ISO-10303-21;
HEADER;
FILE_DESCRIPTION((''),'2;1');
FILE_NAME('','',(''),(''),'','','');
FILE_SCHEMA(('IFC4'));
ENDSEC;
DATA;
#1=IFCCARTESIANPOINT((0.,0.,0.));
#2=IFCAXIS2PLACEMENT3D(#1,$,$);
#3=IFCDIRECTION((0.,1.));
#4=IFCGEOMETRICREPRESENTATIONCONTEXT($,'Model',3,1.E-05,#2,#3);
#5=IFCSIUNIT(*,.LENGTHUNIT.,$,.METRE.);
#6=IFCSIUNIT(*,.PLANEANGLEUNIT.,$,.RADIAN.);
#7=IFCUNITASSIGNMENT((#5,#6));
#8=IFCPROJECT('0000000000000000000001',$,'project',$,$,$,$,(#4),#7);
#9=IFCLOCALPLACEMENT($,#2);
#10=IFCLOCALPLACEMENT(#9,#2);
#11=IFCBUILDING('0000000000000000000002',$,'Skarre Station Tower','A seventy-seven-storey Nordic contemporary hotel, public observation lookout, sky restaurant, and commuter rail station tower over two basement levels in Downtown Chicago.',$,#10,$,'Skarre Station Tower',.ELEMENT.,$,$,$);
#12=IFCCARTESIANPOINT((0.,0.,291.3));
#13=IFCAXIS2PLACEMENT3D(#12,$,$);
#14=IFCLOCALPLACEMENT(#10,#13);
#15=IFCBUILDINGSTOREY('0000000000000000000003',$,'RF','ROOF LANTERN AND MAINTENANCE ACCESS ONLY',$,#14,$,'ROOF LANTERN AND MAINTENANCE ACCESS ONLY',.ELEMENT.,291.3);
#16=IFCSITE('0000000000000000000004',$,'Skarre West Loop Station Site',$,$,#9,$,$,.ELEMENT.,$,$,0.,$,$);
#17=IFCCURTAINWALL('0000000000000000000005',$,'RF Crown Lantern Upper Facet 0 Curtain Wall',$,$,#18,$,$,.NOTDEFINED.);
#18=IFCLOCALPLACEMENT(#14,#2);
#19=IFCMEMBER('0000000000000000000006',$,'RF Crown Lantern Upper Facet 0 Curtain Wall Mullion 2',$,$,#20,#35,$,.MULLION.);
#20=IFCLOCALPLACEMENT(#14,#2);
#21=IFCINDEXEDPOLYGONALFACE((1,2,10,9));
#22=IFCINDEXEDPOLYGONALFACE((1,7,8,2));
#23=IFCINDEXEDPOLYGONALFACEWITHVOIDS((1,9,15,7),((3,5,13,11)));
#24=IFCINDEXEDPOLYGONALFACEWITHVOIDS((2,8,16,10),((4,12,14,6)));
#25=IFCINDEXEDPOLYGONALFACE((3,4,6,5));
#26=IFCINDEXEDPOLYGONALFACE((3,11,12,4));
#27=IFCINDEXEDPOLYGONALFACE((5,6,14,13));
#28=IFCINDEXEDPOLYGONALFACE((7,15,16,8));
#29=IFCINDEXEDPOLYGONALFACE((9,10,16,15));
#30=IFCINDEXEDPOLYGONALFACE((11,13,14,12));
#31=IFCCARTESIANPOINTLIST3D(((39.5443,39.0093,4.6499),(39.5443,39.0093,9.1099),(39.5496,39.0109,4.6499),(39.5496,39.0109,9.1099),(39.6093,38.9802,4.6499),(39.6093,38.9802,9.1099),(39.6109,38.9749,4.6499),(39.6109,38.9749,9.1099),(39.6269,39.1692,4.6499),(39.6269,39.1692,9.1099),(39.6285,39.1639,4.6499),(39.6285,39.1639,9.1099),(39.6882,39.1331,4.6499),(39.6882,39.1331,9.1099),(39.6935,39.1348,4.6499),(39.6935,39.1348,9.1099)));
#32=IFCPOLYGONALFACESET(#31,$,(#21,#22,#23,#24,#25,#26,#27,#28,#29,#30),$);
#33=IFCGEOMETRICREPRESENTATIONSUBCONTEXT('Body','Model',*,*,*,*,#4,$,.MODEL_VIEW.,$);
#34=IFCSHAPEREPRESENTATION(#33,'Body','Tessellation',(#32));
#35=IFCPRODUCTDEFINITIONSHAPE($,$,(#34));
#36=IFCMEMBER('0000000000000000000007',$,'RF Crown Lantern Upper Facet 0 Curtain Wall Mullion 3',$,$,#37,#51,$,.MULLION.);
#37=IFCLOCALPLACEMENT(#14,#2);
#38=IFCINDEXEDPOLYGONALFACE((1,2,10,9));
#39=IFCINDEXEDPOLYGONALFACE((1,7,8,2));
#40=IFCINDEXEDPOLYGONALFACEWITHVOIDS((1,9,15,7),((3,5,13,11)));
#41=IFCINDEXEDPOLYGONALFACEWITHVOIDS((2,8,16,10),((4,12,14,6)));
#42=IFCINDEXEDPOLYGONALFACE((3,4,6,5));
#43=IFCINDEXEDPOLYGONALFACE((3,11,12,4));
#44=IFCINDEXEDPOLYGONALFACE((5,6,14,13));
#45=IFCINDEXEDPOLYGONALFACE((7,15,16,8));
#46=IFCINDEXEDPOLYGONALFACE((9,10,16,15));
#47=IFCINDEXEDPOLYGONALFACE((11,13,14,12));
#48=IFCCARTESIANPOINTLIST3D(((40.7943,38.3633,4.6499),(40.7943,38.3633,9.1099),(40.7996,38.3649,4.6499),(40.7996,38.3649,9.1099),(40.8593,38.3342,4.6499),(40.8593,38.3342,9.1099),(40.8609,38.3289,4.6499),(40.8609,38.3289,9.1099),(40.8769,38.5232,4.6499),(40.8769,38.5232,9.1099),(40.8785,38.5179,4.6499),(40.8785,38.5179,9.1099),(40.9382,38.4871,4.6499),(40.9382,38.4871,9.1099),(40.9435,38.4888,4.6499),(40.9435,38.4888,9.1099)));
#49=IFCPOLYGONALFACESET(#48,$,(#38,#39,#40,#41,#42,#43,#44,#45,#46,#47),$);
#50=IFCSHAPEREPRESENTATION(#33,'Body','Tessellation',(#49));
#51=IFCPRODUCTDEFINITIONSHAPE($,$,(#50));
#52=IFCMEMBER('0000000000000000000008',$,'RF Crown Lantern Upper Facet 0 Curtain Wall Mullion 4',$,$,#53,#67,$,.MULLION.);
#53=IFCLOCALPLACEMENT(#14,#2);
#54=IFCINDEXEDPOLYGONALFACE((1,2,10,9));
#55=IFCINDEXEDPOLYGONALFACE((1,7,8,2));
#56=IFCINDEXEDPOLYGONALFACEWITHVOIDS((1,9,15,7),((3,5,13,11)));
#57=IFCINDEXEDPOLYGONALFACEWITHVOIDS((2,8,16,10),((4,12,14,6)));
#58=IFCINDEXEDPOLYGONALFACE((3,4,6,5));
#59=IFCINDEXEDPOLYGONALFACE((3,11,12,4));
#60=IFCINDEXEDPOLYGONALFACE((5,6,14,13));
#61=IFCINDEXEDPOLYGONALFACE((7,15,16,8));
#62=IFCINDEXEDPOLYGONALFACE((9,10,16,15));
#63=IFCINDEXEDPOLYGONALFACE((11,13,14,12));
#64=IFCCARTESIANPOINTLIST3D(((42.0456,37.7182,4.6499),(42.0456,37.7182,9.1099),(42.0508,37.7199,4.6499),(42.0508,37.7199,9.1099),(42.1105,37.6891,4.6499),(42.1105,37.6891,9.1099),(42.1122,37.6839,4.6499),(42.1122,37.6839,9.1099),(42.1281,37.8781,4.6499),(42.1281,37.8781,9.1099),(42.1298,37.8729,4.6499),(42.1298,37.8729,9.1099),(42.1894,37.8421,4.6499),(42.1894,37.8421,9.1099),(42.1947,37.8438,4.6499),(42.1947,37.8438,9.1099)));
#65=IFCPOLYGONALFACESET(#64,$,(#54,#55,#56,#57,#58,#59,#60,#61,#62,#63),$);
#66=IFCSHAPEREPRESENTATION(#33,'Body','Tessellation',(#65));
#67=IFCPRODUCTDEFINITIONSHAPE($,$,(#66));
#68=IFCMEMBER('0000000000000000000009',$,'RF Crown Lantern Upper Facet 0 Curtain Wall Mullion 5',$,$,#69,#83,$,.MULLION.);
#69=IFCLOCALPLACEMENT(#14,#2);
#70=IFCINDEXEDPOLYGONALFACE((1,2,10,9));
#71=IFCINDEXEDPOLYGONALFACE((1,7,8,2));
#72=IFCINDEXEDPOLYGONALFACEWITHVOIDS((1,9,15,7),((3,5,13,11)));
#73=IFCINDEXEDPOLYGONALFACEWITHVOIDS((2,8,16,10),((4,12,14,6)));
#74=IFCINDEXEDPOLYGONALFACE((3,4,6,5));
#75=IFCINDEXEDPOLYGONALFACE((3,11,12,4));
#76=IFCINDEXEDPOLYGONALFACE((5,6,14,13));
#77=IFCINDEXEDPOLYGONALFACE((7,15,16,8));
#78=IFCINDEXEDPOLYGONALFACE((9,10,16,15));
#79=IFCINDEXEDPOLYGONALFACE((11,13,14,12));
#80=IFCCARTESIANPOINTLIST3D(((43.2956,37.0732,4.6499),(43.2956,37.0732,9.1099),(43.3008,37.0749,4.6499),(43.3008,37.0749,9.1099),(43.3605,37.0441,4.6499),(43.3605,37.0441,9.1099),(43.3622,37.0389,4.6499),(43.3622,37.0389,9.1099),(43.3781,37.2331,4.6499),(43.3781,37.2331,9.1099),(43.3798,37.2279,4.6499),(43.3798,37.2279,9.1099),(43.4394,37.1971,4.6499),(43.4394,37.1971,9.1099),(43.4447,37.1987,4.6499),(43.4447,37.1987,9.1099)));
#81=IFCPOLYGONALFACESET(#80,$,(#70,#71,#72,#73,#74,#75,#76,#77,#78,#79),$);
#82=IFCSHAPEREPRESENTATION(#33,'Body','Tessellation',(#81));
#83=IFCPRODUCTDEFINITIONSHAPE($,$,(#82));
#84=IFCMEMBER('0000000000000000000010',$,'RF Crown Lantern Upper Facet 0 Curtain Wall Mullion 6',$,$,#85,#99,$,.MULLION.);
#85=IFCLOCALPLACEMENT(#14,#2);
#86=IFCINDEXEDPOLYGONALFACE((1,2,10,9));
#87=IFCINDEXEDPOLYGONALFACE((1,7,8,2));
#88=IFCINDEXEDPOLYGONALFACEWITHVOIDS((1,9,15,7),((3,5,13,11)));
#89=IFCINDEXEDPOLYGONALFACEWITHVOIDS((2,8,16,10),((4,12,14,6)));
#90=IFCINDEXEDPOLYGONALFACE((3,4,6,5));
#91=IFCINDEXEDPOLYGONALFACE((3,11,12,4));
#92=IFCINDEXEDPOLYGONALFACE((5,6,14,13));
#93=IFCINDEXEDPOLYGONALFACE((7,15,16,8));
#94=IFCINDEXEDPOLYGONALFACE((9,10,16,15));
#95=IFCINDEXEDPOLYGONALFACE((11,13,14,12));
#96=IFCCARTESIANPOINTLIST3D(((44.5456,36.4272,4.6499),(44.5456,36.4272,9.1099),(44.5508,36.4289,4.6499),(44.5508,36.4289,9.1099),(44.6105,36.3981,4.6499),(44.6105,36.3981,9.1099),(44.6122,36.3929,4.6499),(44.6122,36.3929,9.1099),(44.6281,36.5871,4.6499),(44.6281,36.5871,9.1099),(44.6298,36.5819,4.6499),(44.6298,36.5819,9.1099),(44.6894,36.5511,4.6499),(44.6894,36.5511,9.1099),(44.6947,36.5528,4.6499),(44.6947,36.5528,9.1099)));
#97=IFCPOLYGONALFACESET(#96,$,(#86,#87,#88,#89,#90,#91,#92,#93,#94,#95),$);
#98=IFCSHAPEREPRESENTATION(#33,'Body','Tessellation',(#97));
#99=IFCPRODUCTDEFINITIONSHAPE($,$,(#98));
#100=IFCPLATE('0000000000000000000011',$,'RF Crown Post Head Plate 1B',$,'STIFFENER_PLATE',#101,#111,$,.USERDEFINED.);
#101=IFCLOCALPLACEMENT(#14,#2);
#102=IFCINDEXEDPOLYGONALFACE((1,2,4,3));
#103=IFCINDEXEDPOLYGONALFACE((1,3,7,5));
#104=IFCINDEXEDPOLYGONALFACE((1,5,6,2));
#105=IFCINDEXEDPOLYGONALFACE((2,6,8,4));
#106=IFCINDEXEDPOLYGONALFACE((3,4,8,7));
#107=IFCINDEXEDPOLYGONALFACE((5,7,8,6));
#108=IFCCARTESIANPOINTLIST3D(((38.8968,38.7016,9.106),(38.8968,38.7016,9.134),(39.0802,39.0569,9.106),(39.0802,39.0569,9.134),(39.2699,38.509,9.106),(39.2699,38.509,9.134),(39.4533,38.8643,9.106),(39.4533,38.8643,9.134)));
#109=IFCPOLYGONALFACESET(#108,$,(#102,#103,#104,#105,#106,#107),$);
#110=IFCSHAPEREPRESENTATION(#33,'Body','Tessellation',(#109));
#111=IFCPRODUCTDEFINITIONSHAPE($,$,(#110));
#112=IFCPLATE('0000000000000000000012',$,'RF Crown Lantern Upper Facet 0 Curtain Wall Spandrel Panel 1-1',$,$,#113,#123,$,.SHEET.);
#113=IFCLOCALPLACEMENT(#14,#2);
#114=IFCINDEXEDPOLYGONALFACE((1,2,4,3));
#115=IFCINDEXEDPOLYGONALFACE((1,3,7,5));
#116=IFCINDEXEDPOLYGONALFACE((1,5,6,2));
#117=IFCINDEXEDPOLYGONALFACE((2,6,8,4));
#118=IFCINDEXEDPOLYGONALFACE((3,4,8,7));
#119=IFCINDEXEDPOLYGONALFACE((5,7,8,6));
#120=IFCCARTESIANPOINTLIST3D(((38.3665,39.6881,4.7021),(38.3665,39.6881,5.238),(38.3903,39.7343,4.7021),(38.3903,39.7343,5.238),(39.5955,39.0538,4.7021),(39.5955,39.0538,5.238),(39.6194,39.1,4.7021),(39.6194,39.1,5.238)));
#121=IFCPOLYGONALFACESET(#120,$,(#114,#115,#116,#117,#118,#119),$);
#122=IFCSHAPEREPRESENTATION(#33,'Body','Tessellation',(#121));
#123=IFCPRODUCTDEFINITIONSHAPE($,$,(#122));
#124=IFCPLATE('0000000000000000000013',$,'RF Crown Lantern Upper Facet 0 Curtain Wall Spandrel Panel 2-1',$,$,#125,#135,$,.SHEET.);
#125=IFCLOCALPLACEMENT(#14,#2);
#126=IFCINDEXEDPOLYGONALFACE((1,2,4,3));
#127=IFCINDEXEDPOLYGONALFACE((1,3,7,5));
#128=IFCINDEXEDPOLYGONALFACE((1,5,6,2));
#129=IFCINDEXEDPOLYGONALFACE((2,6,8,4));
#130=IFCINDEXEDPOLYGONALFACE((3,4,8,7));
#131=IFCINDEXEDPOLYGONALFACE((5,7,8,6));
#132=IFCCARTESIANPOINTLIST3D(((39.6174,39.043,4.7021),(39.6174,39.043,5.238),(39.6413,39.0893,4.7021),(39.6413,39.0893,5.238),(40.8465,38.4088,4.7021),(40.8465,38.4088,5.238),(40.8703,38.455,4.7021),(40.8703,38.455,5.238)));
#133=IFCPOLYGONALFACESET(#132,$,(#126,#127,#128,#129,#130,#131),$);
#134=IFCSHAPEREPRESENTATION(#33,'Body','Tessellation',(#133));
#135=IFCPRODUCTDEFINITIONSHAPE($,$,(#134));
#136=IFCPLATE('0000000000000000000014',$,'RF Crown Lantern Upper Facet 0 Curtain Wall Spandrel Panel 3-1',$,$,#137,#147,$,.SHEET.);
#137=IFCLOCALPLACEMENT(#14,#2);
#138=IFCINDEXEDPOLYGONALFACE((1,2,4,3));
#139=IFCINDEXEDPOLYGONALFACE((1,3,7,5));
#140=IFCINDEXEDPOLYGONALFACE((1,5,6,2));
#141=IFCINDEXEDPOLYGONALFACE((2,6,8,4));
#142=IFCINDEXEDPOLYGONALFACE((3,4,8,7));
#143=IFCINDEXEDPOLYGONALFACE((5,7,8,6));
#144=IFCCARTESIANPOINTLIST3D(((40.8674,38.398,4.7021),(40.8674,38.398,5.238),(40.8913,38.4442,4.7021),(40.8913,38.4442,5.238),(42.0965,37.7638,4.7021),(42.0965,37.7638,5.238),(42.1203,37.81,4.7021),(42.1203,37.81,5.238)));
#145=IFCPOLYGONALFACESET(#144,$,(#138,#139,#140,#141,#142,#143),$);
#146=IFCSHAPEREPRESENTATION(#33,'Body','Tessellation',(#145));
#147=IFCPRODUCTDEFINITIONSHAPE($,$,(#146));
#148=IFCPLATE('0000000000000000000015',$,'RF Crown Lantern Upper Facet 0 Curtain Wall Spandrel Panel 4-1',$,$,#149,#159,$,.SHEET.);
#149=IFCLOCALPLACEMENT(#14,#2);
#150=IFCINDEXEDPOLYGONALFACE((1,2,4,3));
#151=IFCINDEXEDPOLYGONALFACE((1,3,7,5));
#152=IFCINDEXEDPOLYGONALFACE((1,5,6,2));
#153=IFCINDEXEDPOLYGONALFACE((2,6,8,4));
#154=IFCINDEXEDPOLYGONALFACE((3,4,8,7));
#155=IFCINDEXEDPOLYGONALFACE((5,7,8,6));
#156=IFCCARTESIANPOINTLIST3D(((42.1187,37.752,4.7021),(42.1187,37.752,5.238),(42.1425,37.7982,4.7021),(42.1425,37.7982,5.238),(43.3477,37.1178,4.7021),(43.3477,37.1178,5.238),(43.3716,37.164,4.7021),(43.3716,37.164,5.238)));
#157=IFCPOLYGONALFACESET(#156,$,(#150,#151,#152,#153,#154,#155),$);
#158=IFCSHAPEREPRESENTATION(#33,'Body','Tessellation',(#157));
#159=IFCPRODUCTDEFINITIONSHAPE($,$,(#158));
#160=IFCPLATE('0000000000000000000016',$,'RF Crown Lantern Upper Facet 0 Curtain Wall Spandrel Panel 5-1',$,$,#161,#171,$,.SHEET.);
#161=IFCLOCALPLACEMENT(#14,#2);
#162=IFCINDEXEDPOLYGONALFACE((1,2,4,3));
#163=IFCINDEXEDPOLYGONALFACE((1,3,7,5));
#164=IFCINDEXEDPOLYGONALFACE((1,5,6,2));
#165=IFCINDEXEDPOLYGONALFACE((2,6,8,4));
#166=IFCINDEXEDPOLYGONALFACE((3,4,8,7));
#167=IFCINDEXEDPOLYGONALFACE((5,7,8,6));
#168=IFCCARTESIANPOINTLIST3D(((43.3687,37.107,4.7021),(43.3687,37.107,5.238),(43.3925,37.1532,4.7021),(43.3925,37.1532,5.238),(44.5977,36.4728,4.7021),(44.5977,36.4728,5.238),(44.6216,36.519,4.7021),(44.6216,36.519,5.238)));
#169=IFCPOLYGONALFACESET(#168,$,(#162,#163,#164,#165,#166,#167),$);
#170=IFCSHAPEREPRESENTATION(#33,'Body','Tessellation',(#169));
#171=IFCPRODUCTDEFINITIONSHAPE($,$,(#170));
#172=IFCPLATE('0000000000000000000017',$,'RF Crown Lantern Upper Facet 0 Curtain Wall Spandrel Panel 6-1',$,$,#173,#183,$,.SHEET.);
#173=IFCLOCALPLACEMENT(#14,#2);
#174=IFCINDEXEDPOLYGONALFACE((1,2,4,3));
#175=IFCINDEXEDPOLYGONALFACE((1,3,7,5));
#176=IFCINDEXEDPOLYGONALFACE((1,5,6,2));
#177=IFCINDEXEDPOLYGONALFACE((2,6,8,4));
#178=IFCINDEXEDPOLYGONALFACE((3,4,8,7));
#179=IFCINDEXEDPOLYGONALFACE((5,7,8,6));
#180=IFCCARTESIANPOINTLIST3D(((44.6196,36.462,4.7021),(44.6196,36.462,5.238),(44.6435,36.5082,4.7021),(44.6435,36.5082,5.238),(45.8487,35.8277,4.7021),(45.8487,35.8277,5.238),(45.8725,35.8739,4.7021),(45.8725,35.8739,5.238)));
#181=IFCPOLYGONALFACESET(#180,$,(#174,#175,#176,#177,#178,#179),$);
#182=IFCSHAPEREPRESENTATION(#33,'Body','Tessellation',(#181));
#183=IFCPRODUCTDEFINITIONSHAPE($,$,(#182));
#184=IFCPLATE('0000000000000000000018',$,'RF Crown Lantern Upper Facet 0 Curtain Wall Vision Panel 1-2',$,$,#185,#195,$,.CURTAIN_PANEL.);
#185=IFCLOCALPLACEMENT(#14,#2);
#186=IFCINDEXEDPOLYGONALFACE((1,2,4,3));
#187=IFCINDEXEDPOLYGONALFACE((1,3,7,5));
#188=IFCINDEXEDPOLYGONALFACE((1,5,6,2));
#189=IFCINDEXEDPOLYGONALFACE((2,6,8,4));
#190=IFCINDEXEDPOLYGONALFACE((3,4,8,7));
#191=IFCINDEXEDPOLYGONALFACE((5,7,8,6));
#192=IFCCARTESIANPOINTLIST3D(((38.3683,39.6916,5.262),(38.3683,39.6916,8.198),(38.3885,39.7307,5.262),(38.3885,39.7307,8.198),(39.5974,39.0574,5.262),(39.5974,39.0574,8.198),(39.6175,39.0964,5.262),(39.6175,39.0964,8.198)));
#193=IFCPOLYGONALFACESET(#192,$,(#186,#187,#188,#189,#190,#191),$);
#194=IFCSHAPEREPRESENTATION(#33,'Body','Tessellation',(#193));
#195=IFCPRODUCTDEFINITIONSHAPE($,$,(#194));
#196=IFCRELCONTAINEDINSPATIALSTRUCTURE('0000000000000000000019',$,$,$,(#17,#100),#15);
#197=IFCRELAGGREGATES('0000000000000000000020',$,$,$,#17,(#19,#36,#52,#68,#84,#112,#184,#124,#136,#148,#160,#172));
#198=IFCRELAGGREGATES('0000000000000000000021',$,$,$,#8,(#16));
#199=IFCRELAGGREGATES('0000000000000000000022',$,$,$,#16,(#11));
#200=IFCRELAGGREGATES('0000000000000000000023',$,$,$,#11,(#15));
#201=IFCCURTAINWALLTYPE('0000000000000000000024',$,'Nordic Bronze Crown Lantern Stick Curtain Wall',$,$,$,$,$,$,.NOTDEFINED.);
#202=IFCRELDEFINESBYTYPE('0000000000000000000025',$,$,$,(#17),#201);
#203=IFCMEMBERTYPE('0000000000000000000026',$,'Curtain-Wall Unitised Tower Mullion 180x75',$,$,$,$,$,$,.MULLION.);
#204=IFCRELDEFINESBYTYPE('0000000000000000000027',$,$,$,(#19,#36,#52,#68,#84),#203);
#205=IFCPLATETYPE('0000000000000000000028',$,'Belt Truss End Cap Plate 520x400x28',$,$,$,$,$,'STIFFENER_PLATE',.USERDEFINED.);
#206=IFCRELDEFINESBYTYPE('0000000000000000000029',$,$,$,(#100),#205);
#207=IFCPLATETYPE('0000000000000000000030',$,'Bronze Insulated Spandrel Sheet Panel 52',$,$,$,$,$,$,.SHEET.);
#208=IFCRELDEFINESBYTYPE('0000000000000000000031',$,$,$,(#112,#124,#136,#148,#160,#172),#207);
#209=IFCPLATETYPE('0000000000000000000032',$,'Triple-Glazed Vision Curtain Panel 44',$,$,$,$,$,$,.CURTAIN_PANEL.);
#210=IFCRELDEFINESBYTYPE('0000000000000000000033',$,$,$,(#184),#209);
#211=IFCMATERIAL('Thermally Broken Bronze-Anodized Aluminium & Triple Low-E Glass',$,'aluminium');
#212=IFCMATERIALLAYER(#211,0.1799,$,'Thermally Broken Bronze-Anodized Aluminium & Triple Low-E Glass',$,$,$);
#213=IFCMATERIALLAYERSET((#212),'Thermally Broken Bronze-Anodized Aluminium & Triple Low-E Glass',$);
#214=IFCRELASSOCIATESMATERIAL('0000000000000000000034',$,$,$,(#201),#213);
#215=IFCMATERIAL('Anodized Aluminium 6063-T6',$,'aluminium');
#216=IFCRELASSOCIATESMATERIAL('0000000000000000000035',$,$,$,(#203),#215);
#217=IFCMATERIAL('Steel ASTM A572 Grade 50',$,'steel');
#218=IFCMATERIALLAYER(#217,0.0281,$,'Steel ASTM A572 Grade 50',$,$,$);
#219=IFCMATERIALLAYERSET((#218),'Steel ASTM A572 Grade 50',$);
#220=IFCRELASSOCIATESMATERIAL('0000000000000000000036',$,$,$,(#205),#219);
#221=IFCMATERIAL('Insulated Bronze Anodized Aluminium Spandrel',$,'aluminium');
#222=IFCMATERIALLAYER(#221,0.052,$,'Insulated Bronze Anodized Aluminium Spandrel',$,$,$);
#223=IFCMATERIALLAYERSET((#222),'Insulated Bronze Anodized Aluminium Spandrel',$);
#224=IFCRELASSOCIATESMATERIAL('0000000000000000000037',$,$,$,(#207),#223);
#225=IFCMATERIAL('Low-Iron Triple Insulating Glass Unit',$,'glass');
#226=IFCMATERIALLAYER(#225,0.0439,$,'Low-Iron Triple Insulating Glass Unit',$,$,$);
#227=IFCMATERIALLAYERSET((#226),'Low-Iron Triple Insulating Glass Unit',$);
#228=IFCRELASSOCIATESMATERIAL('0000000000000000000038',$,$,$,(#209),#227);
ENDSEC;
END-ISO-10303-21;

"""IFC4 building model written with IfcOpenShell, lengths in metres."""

from ifc_helpers import new_model, si_unit, direction, frame, origin, origin_2d, place, context, subcontext, project, spatial, rectangle, hollow_rectangle, extrude, material, layer, layer_set, material_profile, profile_set, type_object, element, aggregate, save


model = new_model("IFC4")

# Units and contexts
model_context = context("Model", 3, precision=1e-05, world=origin(), true_north=direction((0.0, 1.0)))
body_context = subcontext(model_context, "Body", "Model", "MODEL_VIEW")
ifc_project = project(units=[si_unit("LENGTHUNIT", "METRE"), si_unit("PLANEANGLEUNIT", "RADIAN")], contexts=[model_context])

# Site, building, storey
site_placement = place(None, origin())
site = spatial("IfcSite", under=ifc_project, at=site_placement, Name="Skarre West Loop Station Site", CompositionType="ELEMENT", RefElevation=0.0)
building_placement = place(site_placement, origin())
building = spatial("IfcBuilding", under=site, at=building_placement, Name="Skarre Station Tower", Description="A seventy-seven-storey Nordic contemporary hotel, public observation lookout, sky restaurant, and commuter rail station tower over two basement levels in Downtown Chicago.", LongName="Skarre Station Tower", CompositionType="ELEMENT")
storey_placement = place(building_placement, frame((0.0, 0.0, 291.3)))
storey = spatial("IfcBuildingStorey", under=building, at=storey_placement, Name="RF", Description="ROOF LANTERN AND MAINTENANCE ACCESS ONLY", LongName="ROOF LANTERN AND MAINTENANCE ACCESS ONLY", CompositionType="ELEMENT", Elevation=291.3)

# Curtain wall, members
ifc_material_1 = material(Name="Thermally Broken Bronze-Anodized Aluminium & Triple Low-E Glass", Category="aluminium")
ifc_layer_1 = layer(ifc_material_1, 0.1799, Name="Thermally Broken Bronze-Anodized Aluminium & Triple Low-E Glass")
ifc_layer_set_1 = layer_set([ifc_layer_1], Name="Thermally Broken Bronze-Anodized Aluminium & Triple Low-E Glass")
curtain_wall_type = type_object("IfcCurtainWallType", Name="Nordic Bronze Crown Lantern Stick Curtain Wall", PredefinedType="NOTDEFINED", material=ifc_layer_set_1)
curtain_wall_placement = place(storey_placement, origin())
curtain_wall = element("IfcCurtainWall", 1, at=curtain_wall_placement, inside=storey, type_object=curtain_wall_type, Name="RF Crown Lantern Upper Facet 0 Curtain Wall", PredefinedType="NOTDEFINED")
ifc_material_2 = material(Name="Anodized Aluminium 6063-T6", Category="aluminium")
ifc_material_profile = material_profile(ifc_material_2, hollow_rectangle(XDim=0.075, YDim=0.1799, WallThickness=0.0039, at=origin_2d()), Name="Anodized Aluminium 6063-T6")
ifc_profile_set = profile_set([ifc_material_profile], Name="Anodized Aluminium 6063-T6")
member_type = type_object("IfcMemberType", Name="Curtain-Wall Unitised Tower Mullion 180x75", PredefinedType="MULLION", material=ifc_profile_set)
member_1_placement = place(storey_placement, frame((39.6189, 39.072, 4.6499), z_axis=(0.0, 0.0, 1.0), x_axis=(0.888649, -0.458588, 0.0)))
member_1 = element("IfcMember", 2, at=member_1_placement, type_object=member_type, Name="RF Crown Lantern Upper Facet 0 Curtain Wall Mullion 2", PredefinedType="MULLION", context=body_context, shape_type="SweptSolid", body=[
    extrude(hollow_rectangle(XDim=0.075, YDim=0.1799, WallThickness=0.0039, at=origin_2d()), origin(), (0.0, 0.0, 1.0), 4.46),
])
member_2_placement = place(storey_placement, frame((40.8689, 38.426, 4.6499), z_axis=(0.0, 0.0, 1.0), x_axis=(0.888649, -0.458588, 0.0)))
member_2 = element("IfcMember", 3, at=member_2_placement, type_object=member_type, Name="RF Crown Lantern Upper Facet 0 Curtain Wall Mullion 3", PredefinedType="MULLION", context=body_context, shape_type="SweptSolid", body=[
    extrude(hollow_rectangle(XDim=0.075, YDim=0.1799, WallThickness=0.0039, at=origin_2d()), origin(), (0.0, 0.0, 1.0), 4.46),
])
member_3_placement = place(storey_placement, frame((42.1201, 37.781, 4.6499), z_axis=(0.0, 0.0, 1.0), x_axis=(0.888649, -0.458588, 0.0)))
member_3 = element("IfcMember", 4, at=member_3_placement, type_object=member_type, Name="RF Crown Lantern Upper Facet 0 Curtain Wall Mullion 4", PredefinedType="MULLION", context=body_context, shape_type="SweptSolid", body=[
    extrude(hollow_rectangle(XDim=0.075, YDim=0.1799, WallThickness=0.0039, at=origin_2d()), origin(), (0.0, 0.0, 1.0), 4.46),
])
member_4_placement = place(storey_placement, frame((43.3701, 37.136, 4.6499), z_axis=(0.0, 0.0, 1.0), x_axis=(0.888649, -0.458588, 0.0)))
member_4 = element("IfcMember", 5, at=member_4_placement, type_object=member_type, Name="RF Crown Lantern Upper Facet 0 Curtain Wall Mullion 5", PredefinedType="MULLION", context=body_context, shape_type="SweptSolid", body=[
    extrude(hollow_rectangle(XDim=0.075, YDim=0.1799, WallThickness=0.0039, at=origin_2d()), origin(), (0.0, 0.0, 1.0), 4.46),
])
member_5_placement = place(storey_placement, frame((44.6201, 36.49, 4.6499), z_axis=(0.0, 0.0, 1.0), x_axis=(0.888649, -0.458588, 0.0)))
member_5 = element("IfcMember", 6, at=member_5_placement, type_object=member_type, Name="RF Crown Lantern Upper Facet 0 Curtain Wall Mullion 6", PredefinedType="MULLION", context=body_context, shape_type="SweptSolid", body=[
    extrude(hollow_rectangle(XDim=0.075, YDim=0.1799, WallThickness=0.0039, at=origin_2d()), origin(), (0.0, 0.0, 1.0), 4.46),
])

# Plates
ifc_material_3 = material(Name="Steel ASTM A572 Grade 50", Category="steel")
ifc_layer_2 = layer(ifc_material_3, 0.0281, Name="Steel ASTM A572 Grade 50")
ifc_layer_set_2 = layer_set([ifc_layer_2], Name="Steel ASTM A572 Grade 50")
plate_type_1 = type_object("IfcPlateType", Name="Belt Truss End Cap Plate 520x400x28", ElementType="STIFFENER_PLATE", PredefinedType="USERDEFINED", material=ifc_layer_set_2)
plate_1_placement = place(storey_placement, frame((39.175, 38.783, 9.106), z_axis=(0.0, 0.0, 1.0), x_axis=(-0.888601, 0.458681, 0.0)))
element("IfcPlate", 7, at=plate_1_placement, inside=storey, type_object=plate_type_1, Name="RF Crown Post Head Plate 1B", ObjectType="STIFFENER_PLATE", PredefinedType="USERDEFINED", context=body_context, shape_type="SweptSolid", body=[
    extrude(rectangle(XDim=0.4199, YDim=0.3999, at=origin_2d()), origin(), (0.0, 0.0, 1.0), 0.0281),
])
ifc_material_4 = material(Name="Insulated Bronze Anodized Aluminium Spandrel", Category="aluminium")
ifc_layer_3 = layer(ifc_material_4, 0.052, Name="Insulated Bronze Anodized Aluminium Spandrel")
ifc_layer_set_3 = layer_set([ifc_layer_3], Name="Insulated Bronze Anodized Aluminium Spandrel")
plate_type_2 = type_object("IfcPlateType", Name="Bronze Insulated Spandrel Sheet Panel 52", PredefinedType="SHEET", material=ifc_layer_set_3)
plate_2_placement = place(storey_placement, frame((38.9929, 39.394, 4.7021), z_axis=(0.0, 0.0, 1.0), x_axis=(0.888649, -0.458588, 0.0)))
plate_2 = element("IfcPlate", 8, at=plate_2_placement, type_object=plate_type_2, Name="RF Crown Lantern Upper Facet 0 Curtain Wall Spandrel Panel 1-1", PredefinedType="SHEET", context=body_context, shape_type="SweptSolid", body=[
    extrude(rectangle(XDim=1.3831, YDim=0.052, at=origin_2d()), origin(), (0.0, 0.0, 1.0), 0.5359),
])
plate_3_placement = place(storey_placement, frame((40.2439, 38.749, 4.7021), z_axis=(0.0, 0.0, 1.0), x_axis=(0.888649, -0.458588, 0.0)))
plate_3 = element("IfcPlate", 9, at=plate_3_placement, type_object=plate_type_2, Name="RF Crown Lantern Upper Facet 0 Curtain Wall Spandrel Panel 2-1", PredefinedType="SHEET", context=body_context, shape_type="SweptSolid", body=[
    extrude(rectangle(XDim=1.3831, YDim=0.052, at=origin_2d()), origin(), (0.0, 0.0, 1.0), 0.5359),
])
plate_4_placement = place(storey_placement, frame((41.4939, 38.104, 4.7021), z_axis=(0.0, 0.0, 1.0), x_axis=(0.888649, -0.458588, 0.0)))
plate_4 = element("IfcPlate", 10, at=plate_4_placement, type_object=plate_type_2, Name="RF Crown Lantern Upper Facet 0 Curtain Wall Spandrel Panel 3-1", PredefinedType="SHEET", context=body_context, shape_type="SweptSolid", body=[
    extrude(rectangle(XDim=1.3831, YDim=0.052, at=origin_2d()), origin(), (0.0, 0.0, 1.0), 0.5359),
])
plate_5_placement = place(storey_placement, frame((42.7451, 37.458, 4.7021), z_axis=(0.0, 0.0, 1.0), x_axis=(0.888649, -0.458588, 0.0)))
plate_5 = element("IfcPlate", 11, at=plate_5_placement, type_object=plate_type_2, Name="RF Crown Lantern Upper Facet 0 Curtain Wall Spandrel Panel 4-1", PredefinedType="SHEET", context=body_context, shape_type="SweptSolid", body=[
    extrude(rectangle(XDim=1.3831, YDim=0.052, at=origin_2d()), origin(), (0.0, 0.0, 1.0), 0.5359),
])
plate_6_placement = place(storey_placement, frame((43.9951, 36.813, 4.7021), z_axis=(0.0, 0.0, 1.0), x_axis=(0.888649, -0.458588, 0.0)))
plate_6 = element("IfcPlate", 12, at=plate_6_placement, type_object=plate_type_2, Name="RF Crown Lantern Upper Facet 0 Curtain Wall Spandrel Panel 5-1", PredefinedType="SHEET", context=body_context, shape_type="SweptSolid", body=[
    extrude(rectangle(XDim=1.3831, YDim=0.052, at=origin_2d()), origin(), (0.0, 0.0, 1.0), 0.5359),
])
plate_7_placement = place(storey_placement, frame((45.2461, 36.168, 4.7021), z_axis=(0.0, 0.0, 1.0), x_axis=(0.888649, -0.458588, 0.0)))
plate_7 = element("IfcPlate", 13, at=plate_7_placement, type_object=plate_type_2, Name="RF Crown Lantern Upper Facet 0 Curtain Wall Spandrel Panel 6-1", PredefinedType="SHEET", context=body_context, shape_type="SweptSolid", body=[
    extrude(rectangle(XDim=1.3831, YDim=0.052, at=origin_2d()), origin(), (0.0, 0.0, 1.0), 0.5359),
])
ifc_material_5 = material(Name="Low-Iron Triple Insulating Glass Unit", Category="glass")
ifc_layer_4 = layer(ifc_material_5, 0.0439, Name="Low-Iron Triple Insulating Glass Unit")
ifc_layer_set_4 = layer_set([ifc_layer_4], Name="Low-Iron Triple Insulating Glass Unit")
plate_type_3 = type_object("IfcPlateType", Name="Triple-Glazed Vision Curtain Panel 44", PredefinedType="CURTAIN_PANEL", material=ifc_layer_set_4)
plate_8_placement = place(storey_placement, frame((38.9929, 39.394, 5.262), z_axis=(0.0, 0.0, 1.0), x_axis=(0.888649, -0.458588, 0.0)))
plate_8 = element("IfcPlate", 14, at=plate_8_placement, type_object=plate_type_3, Name="RF Crown Lantern Upper Facet 0 Curtain Wall Vision Panel 1-2", PredefinedType="CURTAIN_PANEL", context=body_context, shape_type="SweptSolid", body=[
    extrude(rectangle(XDim=1.3831, YDim=0.0439, at=origin_2d()), origin(), (0.0, 0.0, 1.0), 2.936),
])
aggregate(curtain_wall, [member_1, member_2, member_3, member_4, member_5, plate_2, plate_8, plate_3, plate_4, plate_5, plate_6, plate_7])

save(model, "model.ifc")
